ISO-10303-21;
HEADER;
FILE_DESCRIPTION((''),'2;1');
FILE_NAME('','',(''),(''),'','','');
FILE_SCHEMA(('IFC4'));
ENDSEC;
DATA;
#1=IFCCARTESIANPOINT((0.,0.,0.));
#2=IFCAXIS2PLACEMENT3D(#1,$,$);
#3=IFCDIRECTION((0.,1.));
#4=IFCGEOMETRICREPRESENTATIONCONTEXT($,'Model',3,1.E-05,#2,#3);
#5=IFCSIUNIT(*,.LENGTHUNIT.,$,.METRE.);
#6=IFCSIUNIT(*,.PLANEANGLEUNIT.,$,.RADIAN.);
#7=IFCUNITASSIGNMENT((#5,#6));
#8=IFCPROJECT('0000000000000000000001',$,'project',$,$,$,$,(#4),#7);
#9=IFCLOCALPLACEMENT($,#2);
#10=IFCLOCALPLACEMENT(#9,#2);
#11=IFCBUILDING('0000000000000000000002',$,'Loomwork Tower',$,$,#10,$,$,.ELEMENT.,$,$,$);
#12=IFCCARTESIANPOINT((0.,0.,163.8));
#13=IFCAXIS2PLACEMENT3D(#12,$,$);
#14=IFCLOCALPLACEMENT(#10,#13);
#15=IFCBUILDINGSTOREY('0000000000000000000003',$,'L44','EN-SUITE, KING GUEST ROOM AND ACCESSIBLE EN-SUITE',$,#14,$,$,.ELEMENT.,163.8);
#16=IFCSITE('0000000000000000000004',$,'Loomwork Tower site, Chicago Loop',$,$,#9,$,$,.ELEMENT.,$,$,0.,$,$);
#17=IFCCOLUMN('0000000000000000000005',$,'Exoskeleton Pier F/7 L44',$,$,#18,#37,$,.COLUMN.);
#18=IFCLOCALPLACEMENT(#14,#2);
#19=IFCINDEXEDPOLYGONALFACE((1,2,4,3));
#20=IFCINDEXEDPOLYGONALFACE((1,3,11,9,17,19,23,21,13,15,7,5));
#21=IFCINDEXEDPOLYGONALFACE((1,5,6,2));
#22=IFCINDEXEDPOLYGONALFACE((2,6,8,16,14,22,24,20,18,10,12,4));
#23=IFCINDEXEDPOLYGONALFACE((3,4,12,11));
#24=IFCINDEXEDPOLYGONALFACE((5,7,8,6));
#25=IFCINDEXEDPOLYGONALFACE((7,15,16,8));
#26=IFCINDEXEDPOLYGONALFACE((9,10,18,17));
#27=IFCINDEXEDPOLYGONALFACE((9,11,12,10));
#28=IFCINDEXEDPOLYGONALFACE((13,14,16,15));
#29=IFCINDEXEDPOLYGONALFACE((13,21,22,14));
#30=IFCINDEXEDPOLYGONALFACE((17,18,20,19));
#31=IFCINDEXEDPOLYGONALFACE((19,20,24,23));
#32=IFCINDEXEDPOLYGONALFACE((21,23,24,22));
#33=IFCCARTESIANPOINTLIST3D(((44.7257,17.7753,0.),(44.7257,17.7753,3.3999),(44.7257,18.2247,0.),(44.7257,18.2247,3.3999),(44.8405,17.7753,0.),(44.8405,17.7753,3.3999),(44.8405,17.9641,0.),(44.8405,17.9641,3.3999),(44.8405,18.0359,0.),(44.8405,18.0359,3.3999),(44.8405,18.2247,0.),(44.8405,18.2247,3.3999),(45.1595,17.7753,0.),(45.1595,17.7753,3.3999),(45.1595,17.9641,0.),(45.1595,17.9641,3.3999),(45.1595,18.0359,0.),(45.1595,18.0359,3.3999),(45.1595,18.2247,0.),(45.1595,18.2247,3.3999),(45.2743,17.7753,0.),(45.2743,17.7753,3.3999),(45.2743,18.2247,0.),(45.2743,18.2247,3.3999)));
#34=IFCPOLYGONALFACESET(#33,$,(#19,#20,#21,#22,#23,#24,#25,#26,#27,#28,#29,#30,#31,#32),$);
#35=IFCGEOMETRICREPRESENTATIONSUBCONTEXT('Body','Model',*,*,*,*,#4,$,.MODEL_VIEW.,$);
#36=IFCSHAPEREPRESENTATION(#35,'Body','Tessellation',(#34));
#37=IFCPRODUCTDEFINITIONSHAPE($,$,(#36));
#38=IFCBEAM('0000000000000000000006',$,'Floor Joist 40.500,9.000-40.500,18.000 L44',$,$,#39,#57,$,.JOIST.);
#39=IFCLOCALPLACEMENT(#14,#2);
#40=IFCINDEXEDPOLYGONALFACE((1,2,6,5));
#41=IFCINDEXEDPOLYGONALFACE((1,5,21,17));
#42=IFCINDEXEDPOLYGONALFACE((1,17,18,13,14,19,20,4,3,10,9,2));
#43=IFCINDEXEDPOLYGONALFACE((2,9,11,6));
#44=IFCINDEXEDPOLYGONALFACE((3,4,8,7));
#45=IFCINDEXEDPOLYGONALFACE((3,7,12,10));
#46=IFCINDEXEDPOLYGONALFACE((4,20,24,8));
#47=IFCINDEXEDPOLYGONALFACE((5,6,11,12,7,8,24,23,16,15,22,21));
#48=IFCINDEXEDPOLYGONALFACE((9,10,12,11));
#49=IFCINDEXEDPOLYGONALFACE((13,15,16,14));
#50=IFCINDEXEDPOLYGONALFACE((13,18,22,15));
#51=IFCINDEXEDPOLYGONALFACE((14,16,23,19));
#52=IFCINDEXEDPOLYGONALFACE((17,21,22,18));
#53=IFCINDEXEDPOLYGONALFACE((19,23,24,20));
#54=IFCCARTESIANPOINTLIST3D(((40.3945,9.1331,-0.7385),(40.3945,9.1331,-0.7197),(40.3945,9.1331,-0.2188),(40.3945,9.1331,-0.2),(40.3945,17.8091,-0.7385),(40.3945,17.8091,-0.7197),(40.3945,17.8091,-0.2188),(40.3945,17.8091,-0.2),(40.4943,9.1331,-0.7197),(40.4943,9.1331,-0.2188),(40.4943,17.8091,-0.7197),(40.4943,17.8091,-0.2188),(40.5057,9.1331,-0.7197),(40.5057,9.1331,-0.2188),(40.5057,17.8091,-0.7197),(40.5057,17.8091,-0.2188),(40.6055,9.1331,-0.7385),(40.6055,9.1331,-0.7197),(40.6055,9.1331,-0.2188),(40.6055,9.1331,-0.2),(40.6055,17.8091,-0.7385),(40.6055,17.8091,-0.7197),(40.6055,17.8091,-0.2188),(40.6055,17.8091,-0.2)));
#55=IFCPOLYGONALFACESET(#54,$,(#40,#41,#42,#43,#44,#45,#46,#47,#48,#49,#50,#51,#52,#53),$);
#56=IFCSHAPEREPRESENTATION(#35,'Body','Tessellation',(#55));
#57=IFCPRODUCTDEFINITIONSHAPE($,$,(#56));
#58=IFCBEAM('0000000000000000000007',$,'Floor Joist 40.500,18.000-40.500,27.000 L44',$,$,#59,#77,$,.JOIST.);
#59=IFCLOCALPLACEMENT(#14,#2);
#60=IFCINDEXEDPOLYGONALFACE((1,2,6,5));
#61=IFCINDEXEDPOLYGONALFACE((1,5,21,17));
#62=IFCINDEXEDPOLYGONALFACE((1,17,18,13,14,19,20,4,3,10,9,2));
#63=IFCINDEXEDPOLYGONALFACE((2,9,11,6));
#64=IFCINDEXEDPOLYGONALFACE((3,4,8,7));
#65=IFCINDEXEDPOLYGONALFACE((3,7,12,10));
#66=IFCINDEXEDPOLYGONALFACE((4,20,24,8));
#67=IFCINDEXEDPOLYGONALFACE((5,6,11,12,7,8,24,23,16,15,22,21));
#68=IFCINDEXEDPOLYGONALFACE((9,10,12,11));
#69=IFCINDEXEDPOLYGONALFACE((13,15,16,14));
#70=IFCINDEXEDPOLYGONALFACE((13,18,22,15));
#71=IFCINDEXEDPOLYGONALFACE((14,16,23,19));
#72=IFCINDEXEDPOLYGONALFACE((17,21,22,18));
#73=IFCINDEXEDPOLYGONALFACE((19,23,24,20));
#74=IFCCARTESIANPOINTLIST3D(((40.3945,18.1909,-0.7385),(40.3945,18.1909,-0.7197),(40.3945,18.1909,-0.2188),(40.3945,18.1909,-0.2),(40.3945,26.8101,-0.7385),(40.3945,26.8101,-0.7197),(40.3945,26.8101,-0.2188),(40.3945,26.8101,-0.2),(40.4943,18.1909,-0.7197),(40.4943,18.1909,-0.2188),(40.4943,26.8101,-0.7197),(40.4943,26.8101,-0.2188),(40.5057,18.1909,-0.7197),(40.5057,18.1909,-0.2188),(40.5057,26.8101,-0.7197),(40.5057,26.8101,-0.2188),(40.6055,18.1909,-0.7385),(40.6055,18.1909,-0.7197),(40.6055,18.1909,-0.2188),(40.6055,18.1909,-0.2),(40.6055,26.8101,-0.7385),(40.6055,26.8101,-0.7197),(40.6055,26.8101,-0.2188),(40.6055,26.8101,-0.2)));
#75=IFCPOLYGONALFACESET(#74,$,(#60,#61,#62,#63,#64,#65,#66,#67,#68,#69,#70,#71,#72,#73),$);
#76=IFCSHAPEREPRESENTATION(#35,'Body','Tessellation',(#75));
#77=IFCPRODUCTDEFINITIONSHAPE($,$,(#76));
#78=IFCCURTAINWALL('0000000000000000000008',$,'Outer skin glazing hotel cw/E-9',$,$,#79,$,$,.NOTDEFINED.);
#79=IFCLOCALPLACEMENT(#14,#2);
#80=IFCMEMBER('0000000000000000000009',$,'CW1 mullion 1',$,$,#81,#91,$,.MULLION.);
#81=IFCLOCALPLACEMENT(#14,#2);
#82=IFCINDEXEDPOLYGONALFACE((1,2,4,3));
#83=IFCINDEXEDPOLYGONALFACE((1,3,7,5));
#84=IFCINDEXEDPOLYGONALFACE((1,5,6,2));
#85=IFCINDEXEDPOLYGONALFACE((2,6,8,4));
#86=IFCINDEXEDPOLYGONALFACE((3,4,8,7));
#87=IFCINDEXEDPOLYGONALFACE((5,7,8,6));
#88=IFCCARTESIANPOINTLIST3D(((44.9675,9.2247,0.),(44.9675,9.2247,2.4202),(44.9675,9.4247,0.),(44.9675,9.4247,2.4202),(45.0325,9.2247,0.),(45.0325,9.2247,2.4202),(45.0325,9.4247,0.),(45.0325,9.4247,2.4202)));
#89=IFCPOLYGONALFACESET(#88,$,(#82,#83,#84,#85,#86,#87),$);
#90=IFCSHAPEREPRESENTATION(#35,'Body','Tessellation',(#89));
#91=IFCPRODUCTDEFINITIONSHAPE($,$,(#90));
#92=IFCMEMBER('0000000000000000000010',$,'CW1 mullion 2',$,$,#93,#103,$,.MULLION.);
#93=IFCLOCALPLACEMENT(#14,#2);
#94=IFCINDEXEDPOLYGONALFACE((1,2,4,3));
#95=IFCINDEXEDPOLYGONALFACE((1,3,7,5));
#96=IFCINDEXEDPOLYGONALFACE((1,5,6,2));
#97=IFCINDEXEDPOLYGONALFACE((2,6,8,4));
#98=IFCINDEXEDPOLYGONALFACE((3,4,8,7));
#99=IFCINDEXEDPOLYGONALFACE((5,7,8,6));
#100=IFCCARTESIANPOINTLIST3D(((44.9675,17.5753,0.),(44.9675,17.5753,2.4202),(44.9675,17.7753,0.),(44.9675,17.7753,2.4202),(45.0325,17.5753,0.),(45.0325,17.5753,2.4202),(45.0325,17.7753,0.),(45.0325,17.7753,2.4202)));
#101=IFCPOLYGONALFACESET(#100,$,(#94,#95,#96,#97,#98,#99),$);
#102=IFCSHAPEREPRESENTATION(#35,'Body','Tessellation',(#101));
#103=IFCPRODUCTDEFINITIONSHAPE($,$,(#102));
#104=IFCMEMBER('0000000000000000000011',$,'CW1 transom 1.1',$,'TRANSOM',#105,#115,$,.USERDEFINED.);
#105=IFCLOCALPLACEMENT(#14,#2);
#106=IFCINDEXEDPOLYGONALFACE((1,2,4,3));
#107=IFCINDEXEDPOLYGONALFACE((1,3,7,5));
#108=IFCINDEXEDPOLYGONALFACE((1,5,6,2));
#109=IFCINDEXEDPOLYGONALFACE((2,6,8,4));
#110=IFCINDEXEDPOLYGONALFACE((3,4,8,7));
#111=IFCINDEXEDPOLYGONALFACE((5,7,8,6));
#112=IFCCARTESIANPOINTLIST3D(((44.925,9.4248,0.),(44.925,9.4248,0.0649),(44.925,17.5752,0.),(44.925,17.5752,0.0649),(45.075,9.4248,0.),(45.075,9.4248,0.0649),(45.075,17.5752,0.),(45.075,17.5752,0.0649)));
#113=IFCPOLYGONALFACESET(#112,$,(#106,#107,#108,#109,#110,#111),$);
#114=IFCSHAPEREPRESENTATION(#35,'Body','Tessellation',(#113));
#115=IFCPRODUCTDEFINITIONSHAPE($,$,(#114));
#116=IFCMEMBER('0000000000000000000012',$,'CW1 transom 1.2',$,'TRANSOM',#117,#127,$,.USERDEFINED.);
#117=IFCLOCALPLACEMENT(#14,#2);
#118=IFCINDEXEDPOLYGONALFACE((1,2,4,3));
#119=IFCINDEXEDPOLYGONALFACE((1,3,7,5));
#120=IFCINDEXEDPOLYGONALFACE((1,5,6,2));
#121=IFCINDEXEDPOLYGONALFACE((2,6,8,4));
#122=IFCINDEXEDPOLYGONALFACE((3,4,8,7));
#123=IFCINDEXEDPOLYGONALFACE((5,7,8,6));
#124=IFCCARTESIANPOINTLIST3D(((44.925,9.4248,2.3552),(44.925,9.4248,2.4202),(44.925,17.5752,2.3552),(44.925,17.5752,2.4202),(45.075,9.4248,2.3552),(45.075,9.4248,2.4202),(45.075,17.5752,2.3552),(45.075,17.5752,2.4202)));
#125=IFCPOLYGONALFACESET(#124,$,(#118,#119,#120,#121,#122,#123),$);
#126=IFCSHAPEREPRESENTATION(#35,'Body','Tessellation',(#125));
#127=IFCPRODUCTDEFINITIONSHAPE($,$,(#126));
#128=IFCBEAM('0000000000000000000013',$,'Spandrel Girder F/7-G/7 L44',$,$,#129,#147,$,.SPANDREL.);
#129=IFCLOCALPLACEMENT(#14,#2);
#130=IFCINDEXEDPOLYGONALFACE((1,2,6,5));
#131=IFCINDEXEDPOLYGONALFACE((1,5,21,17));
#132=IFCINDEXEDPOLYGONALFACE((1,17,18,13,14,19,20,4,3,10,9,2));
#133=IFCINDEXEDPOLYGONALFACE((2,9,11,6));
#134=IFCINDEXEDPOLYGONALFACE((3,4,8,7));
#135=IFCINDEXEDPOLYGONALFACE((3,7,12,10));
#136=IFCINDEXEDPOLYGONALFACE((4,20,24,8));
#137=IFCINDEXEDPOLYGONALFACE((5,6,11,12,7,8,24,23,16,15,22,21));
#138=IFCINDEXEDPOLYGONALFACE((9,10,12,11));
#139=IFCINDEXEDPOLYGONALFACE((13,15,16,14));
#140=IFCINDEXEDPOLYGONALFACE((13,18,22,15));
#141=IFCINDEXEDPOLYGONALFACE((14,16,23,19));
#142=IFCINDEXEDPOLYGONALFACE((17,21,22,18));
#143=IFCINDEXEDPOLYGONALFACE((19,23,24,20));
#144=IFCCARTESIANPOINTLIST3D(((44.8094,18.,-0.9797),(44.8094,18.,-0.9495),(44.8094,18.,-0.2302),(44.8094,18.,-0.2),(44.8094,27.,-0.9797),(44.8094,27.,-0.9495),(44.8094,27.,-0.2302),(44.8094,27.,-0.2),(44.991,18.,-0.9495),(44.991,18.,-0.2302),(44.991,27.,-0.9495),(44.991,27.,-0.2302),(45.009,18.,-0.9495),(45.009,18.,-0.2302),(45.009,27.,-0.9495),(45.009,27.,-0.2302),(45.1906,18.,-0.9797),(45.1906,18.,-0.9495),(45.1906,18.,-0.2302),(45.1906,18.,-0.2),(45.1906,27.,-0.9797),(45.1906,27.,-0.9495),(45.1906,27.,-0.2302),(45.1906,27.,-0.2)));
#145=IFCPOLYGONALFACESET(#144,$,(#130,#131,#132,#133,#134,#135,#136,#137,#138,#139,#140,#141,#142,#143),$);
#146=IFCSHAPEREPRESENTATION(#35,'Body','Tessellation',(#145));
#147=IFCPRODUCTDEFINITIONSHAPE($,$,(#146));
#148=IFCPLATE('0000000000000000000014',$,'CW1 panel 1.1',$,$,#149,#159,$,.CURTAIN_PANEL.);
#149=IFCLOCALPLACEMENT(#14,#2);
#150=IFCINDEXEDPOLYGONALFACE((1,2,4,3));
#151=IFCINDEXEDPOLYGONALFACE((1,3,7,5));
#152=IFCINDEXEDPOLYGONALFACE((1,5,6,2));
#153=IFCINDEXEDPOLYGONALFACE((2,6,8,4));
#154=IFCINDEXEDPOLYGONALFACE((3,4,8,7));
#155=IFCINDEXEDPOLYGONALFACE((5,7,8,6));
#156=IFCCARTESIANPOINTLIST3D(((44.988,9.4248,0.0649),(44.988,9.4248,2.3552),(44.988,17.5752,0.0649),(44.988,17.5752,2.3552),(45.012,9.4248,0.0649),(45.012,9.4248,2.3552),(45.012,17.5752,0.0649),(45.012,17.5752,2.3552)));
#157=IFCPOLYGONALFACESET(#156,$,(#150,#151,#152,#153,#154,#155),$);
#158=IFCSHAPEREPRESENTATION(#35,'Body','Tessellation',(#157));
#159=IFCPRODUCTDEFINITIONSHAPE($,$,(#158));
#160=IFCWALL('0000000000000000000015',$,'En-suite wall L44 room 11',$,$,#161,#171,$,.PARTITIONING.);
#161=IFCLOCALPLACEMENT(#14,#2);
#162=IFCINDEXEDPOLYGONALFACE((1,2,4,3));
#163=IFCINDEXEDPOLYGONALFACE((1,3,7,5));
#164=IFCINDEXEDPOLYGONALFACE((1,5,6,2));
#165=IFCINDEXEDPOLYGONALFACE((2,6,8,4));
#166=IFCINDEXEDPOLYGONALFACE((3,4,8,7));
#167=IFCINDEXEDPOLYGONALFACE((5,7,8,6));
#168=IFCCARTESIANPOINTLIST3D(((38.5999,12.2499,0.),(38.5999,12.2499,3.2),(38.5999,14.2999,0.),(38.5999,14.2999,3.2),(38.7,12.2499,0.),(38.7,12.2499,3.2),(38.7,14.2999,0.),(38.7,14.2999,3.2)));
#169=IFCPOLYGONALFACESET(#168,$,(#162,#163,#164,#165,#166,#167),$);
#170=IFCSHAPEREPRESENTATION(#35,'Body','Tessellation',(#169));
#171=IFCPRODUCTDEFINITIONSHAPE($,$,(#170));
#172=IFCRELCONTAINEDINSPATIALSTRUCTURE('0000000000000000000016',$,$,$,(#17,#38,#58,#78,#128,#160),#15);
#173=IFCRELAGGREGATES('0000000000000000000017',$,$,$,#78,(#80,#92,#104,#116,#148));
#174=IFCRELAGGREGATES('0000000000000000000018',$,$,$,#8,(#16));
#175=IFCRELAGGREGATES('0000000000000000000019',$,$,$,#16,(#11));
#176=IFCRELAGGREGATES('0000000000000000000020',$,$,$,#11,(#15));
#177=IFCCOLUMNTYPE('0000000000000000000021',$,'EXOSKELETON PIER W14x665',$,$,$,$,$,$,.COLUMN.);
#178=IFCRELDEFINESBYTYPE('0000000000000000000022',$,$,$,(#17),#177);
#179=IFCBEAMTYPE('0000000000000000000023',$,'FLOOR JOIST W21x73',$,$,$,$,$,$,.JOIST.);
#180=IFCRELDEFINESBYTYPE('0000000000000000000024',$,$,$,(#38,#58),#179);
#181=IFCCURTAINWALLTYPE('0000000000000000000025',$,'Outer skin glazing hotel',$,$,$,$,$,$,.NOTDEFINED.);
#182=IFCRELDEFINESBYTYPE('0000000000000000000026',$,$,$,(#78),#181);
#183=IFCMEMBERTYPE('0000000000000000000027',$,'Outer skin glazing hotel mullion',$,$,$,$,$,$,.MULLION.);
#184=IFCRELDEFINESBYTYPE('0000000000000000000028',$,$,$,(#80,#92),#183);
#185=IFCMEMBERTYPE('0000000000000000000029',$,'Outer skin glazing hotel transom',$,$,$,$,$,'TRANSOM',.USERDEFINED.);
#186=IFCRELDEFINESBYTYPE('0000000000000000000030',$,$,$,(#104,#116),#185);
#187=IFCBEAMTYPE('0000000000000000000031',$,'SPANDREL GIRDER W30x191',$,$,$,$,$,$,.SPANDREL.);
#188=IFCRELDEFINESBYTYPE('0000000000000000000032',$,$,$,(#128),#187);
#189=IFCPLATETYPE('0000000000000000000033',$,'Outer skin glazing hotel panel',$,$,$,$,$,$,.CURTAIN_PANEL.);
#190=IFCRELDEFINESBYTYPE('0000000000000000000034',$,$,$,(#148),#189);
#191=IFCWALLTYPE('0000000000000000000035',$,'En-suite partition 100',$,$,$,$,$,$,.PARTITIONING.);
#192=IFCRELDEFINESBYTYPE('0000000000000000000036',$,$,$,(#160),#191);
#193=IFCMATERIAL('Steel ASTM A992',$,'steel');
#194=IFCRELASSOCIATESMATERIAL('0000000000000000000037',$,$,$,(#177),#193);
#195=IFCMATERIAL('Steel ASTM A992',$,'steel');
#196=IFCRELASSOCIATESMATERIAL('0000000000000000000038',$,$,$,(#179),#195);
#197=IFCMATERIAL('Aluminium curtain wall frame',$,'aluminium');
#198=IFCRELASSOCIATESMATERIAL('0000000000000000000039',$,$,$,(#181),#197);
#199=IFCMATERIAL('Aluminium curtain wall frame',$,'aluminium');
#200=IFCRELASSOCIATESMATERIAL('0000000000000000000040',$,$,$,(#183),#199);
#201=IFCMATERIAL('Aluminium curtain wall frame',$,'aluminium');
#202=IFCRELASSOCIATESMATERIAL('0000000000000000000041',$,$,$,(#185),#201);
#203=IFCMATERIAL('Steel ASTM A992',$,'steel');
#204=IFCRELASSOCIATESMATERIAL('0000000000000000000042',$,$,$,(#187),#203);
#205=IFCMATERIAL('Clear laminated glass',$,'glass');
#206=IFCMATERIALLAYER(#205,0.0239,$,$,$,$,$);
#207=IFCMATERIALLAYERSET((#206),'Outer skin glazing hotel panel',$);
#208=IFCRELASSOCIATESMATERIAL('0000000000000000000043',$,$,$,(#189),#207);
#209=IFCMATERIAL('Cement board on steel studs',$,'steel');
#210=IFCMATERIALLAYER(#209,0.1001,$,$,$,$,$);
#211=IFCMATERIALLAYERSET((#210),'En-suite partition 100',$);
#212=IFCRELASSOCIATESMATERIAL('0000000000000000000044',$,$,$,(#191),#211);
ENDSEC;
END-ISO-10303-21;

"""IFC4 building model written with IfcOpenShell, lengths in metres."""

from ifc_helpers import new_model, si_unit, direction, frame, frame_2d, origin, origin_2d, place, context, subcontext, project, spatial, rectangle, i_section, extrude, material, layer, layer_set, material_profile, profile_set, type_object, element, aggregate, save


model = new_model("IFC4")

# Units and contexts
model_context = context("Model", 3, precision=1e-05, world=origin(), true_north=direction((0.0, 1.0)))
body_context = subcontext(model_context, "Body", "Model", "MODEL_VIEW")
ifc_project = project(units=[si_unit("LENGTHUNIT", "METRE"), si_unit("PLANEANGLEUNIT", "RADIAN")], contexts=[model_context])

# Site, building, storey
site_placement = place(None, origin())
site = spatial("IfcSite", under=ifc_project, at=site_placement, Name="Loomwork Tower site, Chicago Loop", CompositionType="ELEMENT", RefElevation=0.0)
building_placement = place(site_placement, origin())
building = spatial("IfcBuilding", under=site, at=building_placement, Name="Loomwork Tower", CompositionType="ELEMENT")
storey_placement = place(building_placement, frame((0.0, 0.0, 163.8)))
storey = spatial("IfcBuildingStorey", under=building, at=storey_placement, Name="L44", Description="EN-SUITE, KING GUEST ROOM AND ACCESSIBLE EN-SUITE", CompositionType="ELEMENT", Elevation=163.8)

# Column
ifc_material_1 = material(Name="Steel ASTM A992", Category="steel")
ifc_material_profile_1 = material_profile(ifc_material_1, i_section(OverallWidth=0.4495, OverallDepth=0.5486, WebThickness=0.0718, FlangeThickness=0.1147, at=origin_2d()), Name="W14x665")
ifc_profile_set_1 = profile_set([ifc_material_profile_1], Name="Steel ASTM A992")
column_type = type_object("IfcColumnType", Name="EXOSKELETON PIER W14x665", PredefinedType="COLUMN", material=ifc_profile_set_1)
column_placement = place(storey_placement, frame((45.0, 18.0, 0.0), z_axis=(0.0, 0.0, 1.0), x_axis=(0.0, 1.0, 0.0)))
element("IfcColumn", 1, at=column_placement, inside=storey, type_object=column_type, Name="Exoskeleton Pier F/7 L44", PredefinedType="COLUMN", context=body_context, shape_type="SweptSolid", body=[
    extrude(i_section(OverallWidth=0.4495, OverallDepth=0.5486, WebThickness=0.0718, FlangeThickness=0.1147, at=origin_2d()), origin(), (0.0, 0.0, 1.0), 3.3999),
])

# Beams
ifc_material_2 = material(Name="Steel ASTM A992", Category="steel")
ifc_material_profile_2 = material_profile(ifc_material_2, i_section(OverallWidth=0.2109, OverallDepth=0.5386, WebThickness=0.0115, FlangeThickness=0.0188, at=origin_2d()), Name="W21x73")
ifc_profile_set_2 = profile_set([ifc_material_profile_2], Name="Steel ASTM A992")
beam_type_1 = type_object("IfcBeamType", Name="FLOOR JOIST W21x73", PredefinedType="JOIST", material=ifc_profile_set_2)
beam_1_placement = place(storey_placement, frame((40.5, 9.1331, -0.4692), z_axis=(0.0, 1.0, 0.0), x_axis=(-1.0, 0.0, 0.0)))
element("IfcBeam", 2, at=beam_1_placement, inside=storey, type_object=beam_type_1, Name="Floor Joist 40.500,9.000-40.500,18.000 L44", PredefinedType="JOIST", context=body_context, shape_type="SweptSolid", body=[
    extrude(i_section(OverallWidth=0.2109, OverallDepth=0.5386, WebThickness=0.0115, FlangeThickness=0.0188, at=origin_2d()), origin(), (0.0, 0.0, 1.0), 8.676),
])
beam_2_placement = place(storey_placement, frame((40.5, 18.1909, -0.4692), z_axis=(0.0, 1.0, 0.0), x_axis=(-1.0, 0.0, 0.0)))
element("IfcBeam", 3, at=beam_2_placement, inside=storey, type_object=beam_type_1, Name="Floor Joist 40.500,18.000-40.500,27.000 L44", PredefinedType="JOIST", context=body_context, shape_type="SweptSolid", body=[
    extrude(i_section(OverallWidth=0.2109, OverallDepth=0.5386, WebThickness=0.0115, FlangeThickness=0.0188, at=origin_2d()), origin(), (0.0, 0.0, 1.0), 8.6191),
])

# Curtain wall, members
ifc_material_3 = material(Name="Aluminium curtain wall frame", Category="aluminium")
curtain_wall_type = type_object("IfcCurtainWallType", Name="Outer skin glazing hotel", PredefinedType="NOTDEFINED", material=ifc_material_3)
curtain_wall_placement = place(storey_placement, origin())
curtain_wall = element("IfcCurtainWall", 4, at=curtain_wall_placement, inside=storey, type_object=curtain_wall_type, Name="Outer skin glazing hotel cw/E-9", PredefinedType="NOTDEFINED")
ifc_material_4 = material(Name="Aluminium curtain wall frame", Category="aluminium")
ifc_material_profile_3 = material_profile(ifc_material_4, rectangle(XDim=0.0649, YDim=0.2, at=origin_2d()), Name="AL 65x200")
ifc_profile_set_3 = profile_set([ifc_material_profile_3], Name="Aluminium curtain wall frame")
member_type_1 = type_object("IfcMemberType", Name="Outer skin glazing hotel mullion", PredefinedType="MULLION", material=ifc_profile_set_3)
member_1_placement = place(storey_placement, frame((45.0, 9.3247, 0.0), z_axis=(0.0, 0.0, 1.0), x_axis=(-1.0, 0.0, 0.0)))
member_1 = element("IfcMember", 5, at=member_1_placement, type_object=member_type_1, Name="CW1 mullion 1", PredefinedType="MULLION", context=body_context, shape_type="SweptSolid", body=[
    extrude(rectangle(XDim=0.0649, YDim=0.2, at=origin_2d()), origin(), (0.0, 0.0, 1.0), 2.4202),
])
member_2_placement = place(storey_placement, frame((45.0, 17.6753, 0.0), z_axis=(0.0, 0.0, 1.0), x_axis=(-1.0, 0.0, 0.0)))
member_2 = element("IfcMember", 6, at=member_2_placement, type_object=member_type_1, Name="CW1 mullion 2", PredefinedType="MULLION", context=body_context, shape_type="SweptSolid", body=[
    extrude(rectangle(XDim=0.0649, YDim=0.2, at=origin_2d()), origin(), (0.0, 0.0, 1.0), 2.4202),
])
ifc_material_5 = material(Name="Aluminium curtain wall frame", Category="aluminium")
ifc_material_profile_4 = material_profile(ifc_material_5, rectangle(XDim=0.1499, YDim=0.0649, at=origin_2d()), Name="AL 65x150")
ifc_profile_set_4 = profile_set([ifc_material_profile_4], Name="Aluminium curtain wall frame")
member_type_2 = type_object("IfcMemberType", Name="Outer skin glazing hotel transom", ElementType="TRANSOM", PredefinedType="USERDEFINED", material=ifc_profile_set_4)
member_3_placement = place(storey_placement, frame((45.0, 9.4248, 0.0325), z_axis=(0.0, 1.0, 0.0), x_axis=(-1.0, 0.0, 0.0)))
member_3 = element("IfcMember", 7, at=member_3_placement, type_object=member_type_2, Name="CW1 transom 1.1", ObjectType="TRANSOM", PredefinedType="USERDEFINED", context=body_context, shape_type="SweptSolid", body=[
    extrude(rectangle(XDim=0.1499, YDim=0.0649, at=origin_2d()), origin(), (0.0, 0.0, 1.0), 8.1504),
])
member_4_placement = place(storey_placement, frame((45.0, 9.4248, 2.3877), z_axis=(0.0, 1.0, 0.0), x_axis=(-1.0, 0.0, 0.0)))
member_4 = element("IfcMember", 8, at=member_4_placement, type_object=member_type_2, Name="CW1 transom 1.2", ObjectType="TRANSOM", PredefinedType="USERDEFINED", context=body_context, shape_type="SweptSolid", body=[
    extrude(rectangle(XDim=0.1499, YDim=0.0649, at=origin_2d()), origin(), (0.0, 0.0, 1.0), 8.1504),
])

# Beam
ifc_material_6 = material(Name="Steel ASTM A992", Category="steel")
ifc_material_profile_5 = material_profile(ifc_material_6, i_section(OverallWidth=0.3811, OverallDepth=0.7798, WebThickness=0.0181, FlangeThickness=0.0303, at=origin_2d()), Name="W30x191")
ifc_profile_set_5 = profile_set([ifc_material_profile_5], Name="Steel ASTM A992")
beam_type_2 = type_object("IfcBeamType", Name="SPANDREL GIRDER W30x191", PredefinedType="SPANDREL", material=ifc_profile_set_5)
beam_3_placement = place(storey_placement, frame((45.0, 18.0, -0.5898), z_axis=(0.0, 1.0, 0.0), x_axis=(-1.0, 0.0, 0.0)))
element("IfcBeam", 9, at=beam_3_placement, inside=storey, type_object=beam_type_2, Name="Spandrel Girder F/7-G/7 L44", PredefinedType="SPANDREL", context=body_context, shape_type="SweptSolid", body=[
    extrude(i_section(OverallWidth=0.3811, OverallDepth=0.7798, WebThickness=0.0181, FlangeThickness=0.0303, at=origin_2d()), origin(), (0.0, 0.0, 1.0), 9.0),
])

# Plate
ifc_material_7 = material(Name="Clear laminated glass", Category="glass")
ifc_layer_1 = layer(ifc_material_7, 0.0239)
ifc_layer_set_1 = layer_set([ifc_layer_1], Name="Outer skin glazing hotel panel")
plate_type = type_object("IfcPlateType", Name="Outer skin glazing hotel panel", PredefinedType="CURTAIN_PANEL", material=ifc_layer_set_1)
plate_placement = place(storey_placement, frame((45.0, 13.5, 0.0649), z_axis=(0.0, 0.0, 1.0), x_axis=(0.0, 1.0, 0.0)))
plate = element("IfcPlate", 10, at=plate_placement, type_object=plate_type, Name="CW1 panel 1.1", PredefinedType="CURTAIN_PANEL", context=body_context, shape_type="SweptSolid", body=[
    extrude(rectangle(XDim=8.1504, YDim=0.0239, at=origin_2d()), origin(), (0.0, 0.0, 1.0), 2.2903),
])
aggregate(curtain_wall, [member_1, member_2, member_3, member_4, plate])

# Wall
ifc_material_8 = material(Name="Cement board on steel studs", Category="steel")
ifc_layer_2 = layer(ifc_material_8, 0.1001)
ifc_layer_set_2 = layer_set([ifc_layer_2], Name="En-suite partition 100")
wall_type_1 = type_object("IfcWallType", Name="En-suite partition 100", PredefinedType="PARTITIONING", material=ifc_layer_set_2)
wall_1_placement = place(storey_placement, frame((38.6499, 12.25, 0.0), z_axis=(0.0, 0.0, 1.0), x_axis=(0.0, 1.0, 0.0)))
element("IfcWall", 11, at=wall_1_placement, inside=storey, type_object=wall_type_1, Name="En-suite wall L44 room 11", PredefinedType="PARTITIONING", context=body_context, shape_type="SweptSolid", body=[
    extrude(rectangle(XDim=2.05, YDim=0.1001, at=frame_2d((1.0249, 0.0))), origin(), (0.0, 0.0, 1.0), 3.2),
])

save(model, "model.ifc")
